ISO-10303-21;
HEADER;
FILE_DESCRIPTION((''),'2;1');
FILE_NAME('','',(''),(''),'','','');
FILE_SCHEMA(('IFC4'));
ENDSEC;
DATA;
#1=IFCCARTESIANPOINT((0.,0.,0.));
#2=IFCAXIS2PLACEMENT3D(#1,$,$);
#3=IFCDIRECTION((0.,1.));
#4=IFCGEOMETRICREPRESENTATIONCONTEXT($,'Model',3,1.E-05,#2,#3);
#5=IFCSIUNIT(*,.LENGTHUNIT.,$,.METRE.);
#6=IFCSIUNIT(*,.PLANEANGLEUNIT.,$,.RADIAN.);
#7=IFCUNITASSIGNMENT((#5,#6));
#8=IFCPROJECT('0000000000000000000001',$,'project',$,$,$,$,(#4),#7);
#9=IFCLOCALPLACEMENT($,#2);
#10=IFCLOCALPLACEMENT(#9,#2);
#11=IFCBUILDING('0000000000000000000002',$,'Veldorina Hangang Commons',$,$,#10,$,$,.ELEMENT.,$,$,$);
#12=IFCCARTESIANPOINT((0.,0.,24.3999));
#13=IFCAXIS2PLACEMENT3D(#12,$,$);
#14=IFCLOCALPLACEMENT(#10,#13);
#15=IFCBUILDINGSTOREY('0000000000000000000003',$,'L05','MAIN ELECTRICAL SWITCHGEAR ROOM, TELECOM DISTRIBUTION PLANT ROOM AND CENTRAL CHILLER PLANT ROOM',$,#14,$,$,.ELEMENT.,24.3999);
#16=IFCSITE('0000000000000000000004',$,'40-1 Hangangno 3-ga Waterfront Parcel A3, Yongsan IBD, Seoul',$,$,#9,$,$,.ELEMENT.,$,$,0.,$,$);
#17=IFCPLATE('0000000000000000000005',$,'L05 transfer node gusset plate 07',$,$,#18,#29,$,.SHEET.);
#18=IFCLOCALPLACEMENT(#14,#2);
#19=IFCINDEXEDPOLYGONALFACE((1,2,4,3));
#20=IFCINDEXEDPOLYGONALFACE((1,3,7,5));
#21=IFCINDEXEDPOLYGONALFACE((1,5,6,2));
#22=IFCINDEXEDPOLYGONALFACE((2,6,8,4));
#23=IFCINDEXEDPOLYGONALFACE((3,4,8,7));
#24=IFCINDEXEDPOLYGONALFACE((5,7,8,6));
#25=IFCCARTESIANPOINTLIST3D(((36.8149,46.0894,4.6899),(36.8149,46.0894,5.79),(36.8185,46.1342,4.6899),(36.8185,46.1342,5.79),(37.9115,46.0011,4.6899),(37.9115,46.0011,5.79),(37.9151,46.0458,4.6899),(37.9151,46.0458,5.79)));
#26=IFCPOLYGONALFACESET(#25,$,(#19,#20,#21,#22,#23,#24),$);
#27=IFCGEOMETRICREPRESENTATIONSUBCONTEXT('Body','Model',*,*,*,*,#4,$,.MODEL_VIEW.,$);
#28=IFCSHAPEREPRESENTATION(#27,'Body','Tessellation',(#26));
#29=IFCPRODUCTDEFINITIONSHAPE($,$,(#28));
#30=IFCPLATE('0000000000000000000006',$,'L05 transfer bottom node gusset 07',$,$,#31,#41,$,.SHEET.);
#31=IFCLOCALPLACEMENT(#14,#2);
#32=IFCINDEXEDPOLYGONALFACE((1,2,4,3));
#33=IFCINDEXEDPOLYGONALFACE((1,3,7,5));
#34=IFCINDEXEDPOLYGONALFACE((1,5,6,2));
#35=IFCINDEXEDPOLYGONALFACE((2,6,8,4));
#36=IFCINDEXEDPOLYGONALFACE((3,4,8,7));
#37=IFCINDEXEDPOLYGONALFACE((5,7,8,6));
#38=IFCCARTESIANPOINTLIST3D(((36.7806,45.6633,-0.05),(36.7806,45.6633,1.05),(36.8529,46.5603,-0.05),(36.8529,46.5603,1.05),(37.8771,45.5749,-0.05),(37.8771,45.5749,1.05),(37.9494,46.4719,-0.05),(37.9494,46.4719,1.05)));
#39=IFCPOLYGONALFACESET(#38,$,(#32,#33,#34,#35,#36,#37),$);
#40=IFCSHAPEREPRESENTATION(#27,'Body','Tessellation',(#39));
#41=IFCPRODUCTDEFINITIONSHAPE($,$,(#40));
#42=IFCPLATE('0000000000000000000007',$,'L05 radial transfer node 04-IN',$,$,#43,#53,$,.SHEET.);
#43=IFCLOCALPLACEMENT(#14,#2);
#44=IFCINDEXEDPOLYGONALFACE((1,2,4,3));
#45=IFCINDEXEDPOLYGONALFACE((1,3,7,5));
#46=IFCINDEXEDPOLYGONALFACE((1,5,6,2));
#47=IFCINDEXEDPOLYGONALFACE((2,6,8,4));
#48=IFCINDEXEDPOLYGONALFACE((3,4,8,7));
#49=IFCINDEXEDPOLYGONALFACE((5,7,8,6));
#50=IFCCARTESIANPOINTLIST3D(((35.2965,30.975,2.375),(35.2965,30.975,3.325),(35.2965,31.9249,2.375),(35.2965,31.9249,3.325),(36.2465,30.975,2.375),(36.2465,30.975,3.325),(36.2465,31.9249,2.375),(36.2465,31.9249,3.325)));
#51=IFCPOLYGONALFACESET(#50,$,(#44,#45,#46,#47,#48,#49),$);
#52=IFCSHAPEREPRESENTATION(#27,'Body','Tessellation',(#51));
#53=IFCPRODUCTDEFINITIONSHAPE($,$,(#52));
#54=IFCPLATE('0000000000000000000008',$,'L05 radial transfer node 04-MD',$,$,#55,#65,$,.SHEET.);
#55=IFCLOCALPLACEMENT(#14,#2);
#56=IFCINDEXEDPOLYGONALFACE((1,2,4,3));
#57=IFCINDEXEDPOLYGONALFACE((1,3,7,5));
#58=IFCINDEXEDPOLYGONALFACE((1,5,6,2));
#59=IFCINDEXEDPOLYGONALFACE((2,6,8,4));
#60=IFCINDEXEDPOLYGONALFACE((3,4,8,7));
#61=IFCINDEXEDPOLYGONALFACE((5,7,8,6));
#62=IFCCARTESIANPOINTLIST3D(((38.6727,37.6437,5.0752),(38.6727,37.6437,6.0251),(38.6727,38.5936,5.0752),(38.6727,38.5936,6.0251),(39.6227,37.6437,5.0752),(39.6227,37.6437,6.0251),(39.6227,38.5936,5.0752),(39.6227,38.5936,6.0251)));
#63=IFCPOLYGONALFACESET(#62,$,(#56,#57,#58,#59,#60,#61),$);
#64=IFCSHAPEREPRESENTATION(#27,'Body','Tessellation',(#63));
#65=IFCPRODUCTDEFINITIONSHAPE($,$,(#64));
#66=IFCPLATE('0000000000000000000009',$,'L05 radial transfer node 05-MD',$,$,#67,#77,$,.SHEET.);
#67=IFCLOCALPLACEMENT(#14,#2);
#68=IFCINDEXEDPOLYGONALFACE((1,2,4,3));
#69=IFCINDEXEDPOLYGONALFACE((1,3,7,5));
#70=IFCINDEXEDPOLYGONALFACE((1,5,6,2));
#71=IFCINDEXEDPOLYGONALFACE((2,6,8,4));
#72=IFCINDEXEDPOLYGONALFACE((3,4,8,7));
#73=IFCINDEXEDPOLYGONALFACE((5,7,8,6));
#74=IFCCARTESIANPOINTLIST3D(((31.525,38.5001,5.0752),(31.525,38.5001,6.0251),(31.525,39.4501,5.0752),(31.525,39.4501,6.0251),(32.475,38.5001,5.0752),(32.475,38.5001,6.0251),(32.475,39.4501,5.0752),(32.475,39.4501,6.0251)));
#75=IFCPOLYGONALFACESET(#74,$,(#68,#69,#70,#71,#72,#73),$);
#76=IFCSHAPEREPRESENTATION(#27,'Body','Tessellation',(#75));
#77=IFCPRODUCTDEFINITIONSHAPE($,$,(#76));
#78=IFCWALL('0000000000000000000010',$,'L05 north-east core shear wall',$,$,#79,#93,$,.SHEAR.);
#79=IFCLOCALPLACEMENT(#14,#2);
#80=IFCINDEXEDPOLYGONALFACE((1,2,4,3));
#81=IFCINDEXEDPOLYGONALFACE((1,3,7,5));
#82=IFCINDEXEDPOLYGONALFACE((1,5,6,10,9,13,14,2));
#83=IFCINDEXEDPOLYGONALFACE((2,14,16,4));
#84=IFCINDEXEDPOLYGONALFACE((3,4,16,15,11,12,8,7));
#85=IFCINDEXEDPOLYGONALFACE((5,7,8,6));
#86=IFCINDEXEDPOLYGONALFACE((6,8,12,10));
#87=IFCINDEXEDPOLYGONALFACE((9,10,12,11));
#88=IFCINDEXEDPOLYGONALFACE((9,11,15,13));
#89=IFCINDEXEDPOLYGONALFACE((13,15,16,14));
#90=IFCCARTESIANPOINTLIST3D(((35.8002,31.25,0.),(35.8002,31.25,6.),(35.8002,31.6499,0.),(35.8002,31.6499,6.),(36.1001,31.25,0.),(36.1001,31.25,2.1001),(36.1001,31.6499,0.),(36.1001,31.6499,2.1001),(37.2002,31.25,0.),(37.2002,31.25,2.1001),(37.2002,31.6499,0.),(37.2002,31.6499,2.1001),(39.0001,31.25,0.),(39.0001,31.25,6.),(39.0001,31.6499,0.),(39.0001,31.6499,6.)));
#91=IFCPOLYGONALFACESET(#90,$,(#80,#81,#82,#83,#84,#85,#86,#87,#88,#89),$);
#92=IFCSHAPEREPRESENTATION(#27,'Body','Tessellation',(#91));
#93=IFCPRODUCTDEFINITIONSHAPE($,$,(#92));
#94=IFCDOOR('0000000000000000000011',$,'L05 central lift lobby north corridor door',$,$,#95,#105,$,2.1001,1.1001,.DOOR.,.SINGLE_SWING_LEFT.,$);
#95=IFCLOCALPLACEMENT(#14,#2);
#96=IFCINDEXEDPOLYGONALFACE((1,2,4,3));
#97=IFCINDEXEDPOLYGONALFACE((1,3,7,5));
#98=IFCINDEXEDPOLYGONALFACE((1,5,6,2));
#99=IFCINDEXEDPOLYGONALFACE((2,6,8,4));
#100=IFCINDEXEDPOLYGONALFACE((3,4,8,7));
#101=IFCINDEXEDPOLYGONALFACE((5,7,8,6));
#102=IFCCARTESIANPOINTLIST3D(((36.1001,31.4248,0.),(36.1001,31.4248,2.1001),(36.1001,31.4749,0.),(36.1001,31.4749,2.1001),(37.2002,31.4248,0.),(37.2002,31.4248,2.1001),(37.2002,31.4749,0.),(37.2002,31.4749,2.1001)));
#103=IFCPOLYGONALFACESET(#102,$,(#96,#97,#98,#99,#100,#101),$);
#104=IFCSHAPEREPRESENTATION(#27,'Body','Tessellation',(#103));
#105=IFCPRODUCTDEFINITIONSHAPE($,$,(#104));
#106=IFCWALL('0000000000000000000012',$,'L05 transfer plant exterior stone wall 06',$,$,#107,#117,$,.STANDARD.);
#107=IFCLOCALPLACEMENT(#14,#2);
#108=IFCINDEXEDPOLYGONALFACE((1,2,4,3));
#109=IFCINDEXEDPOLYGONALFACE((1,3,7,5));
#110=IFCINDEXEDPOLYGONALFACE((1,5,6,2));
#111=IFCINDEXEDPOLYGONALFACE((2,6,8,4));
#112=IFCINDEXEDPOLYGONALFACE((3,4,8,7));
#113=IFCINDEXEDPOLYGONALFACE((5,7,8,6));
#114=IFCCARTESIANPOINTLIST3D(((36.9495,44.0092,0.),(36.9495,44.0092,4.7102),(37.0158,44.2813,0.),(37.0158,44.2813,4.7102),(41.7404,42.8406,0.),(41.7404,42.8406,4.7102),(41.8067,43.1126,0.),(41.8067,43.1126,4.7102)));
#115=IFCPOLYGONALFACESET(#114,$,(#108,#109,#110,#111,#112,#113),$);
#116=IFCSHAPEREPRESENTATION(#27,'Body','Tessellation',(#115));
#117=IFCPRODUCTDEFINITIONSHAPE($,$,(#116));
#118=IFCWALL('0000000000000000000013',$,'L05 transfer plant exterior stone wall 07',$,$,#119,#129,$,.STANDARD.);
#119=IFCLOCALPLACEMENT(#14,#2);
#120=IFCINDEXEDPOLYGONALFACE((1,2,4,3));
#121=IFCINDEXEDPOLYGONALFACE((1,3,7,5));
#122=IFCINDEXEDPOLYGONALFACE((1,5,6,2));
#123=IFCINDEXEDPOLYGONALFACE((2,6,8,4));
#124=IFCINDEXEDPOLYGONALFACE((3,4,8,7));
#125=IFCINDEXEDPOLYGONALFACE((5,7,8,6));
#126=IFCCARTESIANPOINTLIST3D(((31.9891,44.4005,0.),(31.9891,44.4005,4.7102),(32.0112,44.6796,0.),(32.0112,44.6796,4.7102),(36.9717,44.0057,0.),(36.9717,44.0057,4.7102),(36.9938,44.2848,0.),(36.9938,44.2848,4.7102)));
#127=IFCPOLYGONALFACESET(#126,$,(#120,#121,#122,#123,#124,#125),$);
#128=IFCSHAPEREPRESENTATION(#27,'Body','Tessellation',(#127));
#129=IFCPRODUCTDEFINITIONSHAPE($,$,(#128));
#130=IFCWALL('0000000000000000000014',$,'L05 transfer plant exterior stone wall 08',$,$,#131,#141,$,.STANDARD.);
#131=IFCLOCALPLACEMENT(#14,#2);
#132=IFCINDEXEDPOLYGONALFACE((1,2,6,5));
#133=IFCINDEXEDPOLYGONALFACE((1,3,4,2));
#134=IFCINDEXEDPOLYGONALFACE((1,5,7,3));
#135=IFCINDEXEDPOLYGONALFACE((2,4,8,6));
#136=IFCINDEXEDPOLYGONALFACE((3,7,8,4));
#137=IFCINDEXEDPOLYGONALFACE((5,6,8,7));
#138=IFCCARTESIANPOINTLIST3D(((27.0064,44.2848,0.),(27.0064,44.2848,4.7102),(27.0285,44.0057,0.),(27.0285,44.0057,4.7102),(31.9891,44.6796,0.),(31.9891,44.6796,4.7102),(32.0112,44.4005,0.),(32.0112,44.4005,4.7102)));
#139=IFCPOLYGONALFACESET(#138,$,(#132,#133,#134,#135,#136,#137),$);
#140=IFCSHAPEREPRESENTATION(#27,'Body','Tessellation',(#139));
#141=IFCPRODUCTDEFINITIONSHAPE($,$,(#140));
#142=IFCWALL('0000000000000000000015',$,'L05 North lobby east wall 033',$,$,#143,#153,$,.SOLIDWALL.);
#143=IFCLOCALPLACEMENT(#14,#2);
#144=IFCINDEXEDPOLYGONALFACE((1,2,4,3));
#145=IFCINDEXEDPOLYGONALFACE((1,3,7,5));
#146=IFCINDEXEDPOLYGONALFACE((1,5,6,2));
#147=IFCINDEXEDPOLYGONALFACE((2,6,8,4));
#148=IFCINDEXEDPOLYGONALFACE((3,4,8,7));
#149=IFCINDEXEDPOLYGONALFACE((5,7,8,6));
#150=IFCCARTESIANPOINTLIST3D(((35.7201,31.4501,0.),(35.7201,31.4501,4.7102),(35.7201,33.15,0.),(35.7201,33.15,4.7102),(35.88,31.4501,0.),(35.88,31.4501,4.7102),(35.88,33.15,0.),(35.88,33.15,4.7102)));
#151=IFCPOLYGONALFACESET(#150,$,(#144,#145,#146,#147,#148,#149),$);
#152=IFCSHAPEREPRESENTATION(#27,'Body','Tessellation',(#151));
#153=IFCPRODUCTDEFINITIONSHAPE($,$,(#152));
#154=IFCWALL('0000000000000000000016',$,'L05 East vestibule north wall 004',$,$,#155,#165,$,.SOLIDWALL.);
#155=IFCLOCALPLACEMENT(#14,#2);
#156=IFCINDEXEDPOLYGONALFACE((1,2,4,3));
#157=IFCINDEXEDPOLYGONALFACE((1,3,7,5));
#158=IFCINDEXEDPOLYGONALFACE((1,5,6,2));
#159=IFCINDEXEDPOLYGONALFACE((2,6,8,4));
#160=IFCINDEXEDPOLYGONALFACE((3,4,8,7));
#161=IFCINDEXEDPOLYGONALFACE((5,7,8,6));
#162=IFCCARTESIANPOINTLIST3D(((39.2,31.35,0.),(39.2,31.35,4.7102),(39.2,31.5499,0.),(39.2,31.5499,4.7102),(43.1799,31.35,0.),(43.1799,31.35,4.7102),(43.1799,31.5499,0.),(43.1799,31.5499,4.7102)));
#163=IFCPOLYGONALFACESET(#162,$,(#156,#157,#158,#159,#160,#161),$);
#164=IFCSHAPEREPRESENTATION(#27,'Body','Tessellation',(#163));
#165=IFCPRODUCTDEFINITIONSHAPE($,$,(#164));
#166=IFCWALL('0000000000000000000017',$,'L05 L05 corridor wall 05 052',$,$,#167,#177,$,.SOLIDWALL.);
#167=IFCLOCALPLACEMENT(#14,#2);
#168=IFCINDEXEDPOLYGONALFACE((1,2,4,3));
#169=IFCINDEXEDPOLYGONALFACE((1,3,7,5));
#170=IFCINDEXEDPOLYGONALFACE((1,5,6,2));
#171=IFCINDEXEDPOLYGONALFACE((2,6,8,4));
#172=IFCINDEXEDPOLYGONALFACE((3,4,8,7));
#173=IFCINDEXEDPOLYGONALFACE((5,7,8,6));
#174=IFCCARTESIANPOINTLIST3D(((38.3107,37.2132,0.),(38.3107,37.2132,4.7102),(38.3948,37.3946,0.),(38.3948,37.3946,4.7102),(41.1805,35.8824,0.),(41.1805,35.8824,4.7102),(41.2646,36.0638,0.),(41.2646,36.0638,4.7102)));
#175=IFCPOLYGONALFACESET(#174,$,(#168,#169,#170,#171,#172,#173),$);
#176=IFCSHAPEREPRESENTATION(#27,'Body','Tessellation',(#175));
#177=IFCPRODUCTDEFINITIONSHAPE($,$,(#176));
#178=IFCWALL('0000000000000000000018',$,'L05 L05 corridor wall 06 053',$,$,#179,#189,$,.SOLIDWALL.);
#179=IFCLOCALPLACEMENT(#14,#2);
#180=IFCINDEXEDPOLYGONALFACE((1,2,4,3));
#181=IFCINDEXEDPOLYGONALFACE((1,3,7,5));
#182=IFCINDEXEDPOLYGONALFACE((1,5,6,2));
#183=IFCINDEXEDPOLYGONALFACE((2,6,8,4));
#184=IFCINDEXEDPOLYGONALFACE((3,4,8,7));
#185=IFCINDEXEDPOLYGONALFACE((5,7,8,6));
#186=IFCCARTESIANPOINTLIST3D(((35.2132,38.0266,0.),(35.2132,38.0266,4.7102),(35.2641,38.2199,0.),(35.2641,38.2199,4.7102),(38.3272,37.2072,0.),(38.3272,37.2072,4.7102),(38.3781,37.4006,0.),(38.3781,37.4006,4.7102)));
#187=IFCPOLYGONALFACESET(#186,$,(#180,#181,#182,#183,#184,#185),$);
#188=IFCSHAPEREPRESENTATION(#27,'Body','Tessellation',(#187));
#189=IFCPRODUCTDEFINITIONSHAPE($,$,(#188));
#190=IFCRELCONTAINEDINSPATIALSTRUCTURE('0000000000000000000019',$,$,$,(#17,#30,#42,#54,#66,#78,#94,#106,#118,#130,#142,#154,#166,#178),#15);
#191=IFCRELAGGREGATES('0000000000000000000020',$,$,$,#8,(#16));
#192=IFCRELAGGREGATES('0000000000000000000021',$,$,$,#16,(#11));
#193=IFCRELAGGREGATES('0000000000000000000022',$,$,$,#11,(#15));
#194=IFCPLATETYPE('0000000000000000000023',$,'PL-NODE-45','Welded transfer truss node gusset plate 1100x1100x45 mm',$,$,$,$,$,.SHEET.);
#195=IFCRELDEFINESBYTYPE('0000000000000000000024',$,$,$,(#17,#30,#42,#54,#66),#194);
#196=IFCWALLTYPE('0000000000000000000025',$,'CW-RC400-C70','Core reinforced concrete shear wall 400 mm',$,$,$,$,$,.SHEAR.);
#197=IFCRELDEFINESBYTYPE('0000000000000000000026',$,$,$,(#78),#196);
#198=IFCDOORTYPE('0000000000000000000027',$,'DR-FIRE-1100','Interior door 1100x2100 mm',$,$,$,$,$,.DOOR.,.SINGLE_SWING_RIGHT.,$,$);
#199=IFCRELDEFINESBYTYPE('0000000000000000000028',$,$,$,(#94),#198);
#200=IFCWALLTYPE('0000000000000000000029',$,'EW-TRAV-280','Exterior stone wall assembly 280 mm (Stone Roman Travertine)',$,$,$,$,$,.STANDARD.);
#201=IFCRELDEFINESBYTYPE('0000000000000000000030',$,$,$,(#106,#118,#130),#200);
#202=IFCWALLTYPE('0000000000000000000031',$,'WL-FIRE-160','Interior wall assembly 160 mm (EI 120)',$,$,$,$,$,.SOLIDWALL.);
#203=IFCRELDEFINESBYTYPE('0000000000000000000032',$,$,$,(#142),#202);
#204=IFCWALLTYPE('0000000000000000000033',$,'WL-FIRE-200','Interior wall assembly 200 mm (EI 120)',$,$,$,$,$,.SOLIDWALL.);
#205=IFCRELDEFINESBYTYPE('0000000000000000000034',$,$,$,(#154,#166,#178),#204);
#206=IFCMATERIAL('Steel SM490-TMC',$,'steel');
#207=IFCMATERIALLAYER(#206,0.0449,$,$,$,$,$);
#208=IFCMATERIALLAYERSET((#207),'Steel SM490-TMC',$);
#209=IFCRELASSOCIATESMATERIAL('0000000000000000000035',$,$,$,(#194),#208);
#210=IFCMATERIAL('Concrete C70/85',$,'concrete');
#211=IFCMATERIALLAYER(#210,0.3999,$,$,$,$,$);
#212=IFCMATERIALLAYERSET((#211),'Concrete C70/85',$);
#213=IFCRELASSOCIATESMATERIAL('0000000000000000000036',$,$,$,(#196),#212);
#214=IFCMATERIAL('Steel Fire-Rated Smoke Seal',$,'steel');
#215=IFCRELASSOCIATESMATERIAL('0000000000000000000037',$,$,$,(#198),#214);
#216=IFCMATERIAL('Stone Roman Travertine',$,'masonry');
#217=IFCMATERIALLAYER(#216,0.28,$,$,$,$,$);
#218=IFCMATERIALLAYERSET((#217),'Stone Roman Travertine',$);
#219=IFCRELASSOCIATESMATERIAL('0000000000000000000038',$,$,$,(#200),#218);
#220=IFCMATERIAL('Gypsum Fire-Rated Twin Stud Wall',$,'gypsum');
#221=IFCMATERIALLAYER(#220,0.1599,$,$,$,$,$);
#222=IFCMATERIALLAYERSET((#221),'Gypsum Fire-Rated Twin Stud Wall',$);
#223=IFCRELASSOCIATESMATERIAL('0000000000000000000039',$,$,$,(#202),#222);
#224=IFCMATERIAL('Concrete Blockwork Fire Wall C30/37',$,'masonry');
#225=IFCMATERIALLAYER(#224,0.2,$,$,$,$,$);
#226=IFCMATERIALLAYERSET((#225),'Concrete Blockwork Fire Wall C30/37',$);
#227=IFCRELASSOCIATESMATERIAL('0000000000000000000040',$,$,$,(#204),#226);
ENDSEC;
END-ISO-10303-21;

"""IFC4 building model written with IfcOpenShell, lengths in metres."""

from ifc_helpers import new_model, si_unit, direction, frame, frame_2d, origin, origin_2d, place, context, subcontext, project, spatial, rectangle, extrude, material, layer, layer_set, type_object, element, fill, save


model = new_model("IFC4")

# Units and contexts
model_context = context("Model", 3, precision=1e-05, world=origin(), true_north=direction((0.0, 1.0)))
body_context = subcontext(model_context, "Body", "Model", "MODEL_VIEW")
ifc_project = project(units=[si_unit("LENGTHUNIT", "METRE"), si_unit("PLANEANGLEUNIT", "RADIAN")], contexts=[model_context])

# Site, building, storey
site_placement = place(None, origin())
site = spatial("IfcSite", under=ifc_project, at=site_placement, Name="40-1 Hangangno 3-ga Waterfront Parcel A3, Yongsan IBD, Seoul", CompositionType="ELEMENT", RefElevation=0.0)
building_placement = place(site_placement, origin())
building = spatial("IfcBuilding", under=site, at=building_placement, Name="Veldorina Hangang Commons", CompositionType="ELEMENT")
storey_placement = place(building_placement, frame((0.0, 0.0, 24.3999)))
storey = spatial("IfcBuildingStorey", under=building, at=storey_placement, Name="L05", Description="MAIN ELECTRICAL SWITCHGEAR ROOM, TELECOM DISTRIBUTION PLANT ROOM AND CENTRAL CHILLER PLANT ROOM", CompositionType="ELEMENT", Elevation=24.3999)

# Shared definitions
ifc_material_1 = material(Name="Steel SM490-TMC", Category="steel")

# Plates
ifc_layer_1 = layer(ifc_material_1, 0.0449)
ifc_layer_set_1 = layer_set([ifc_layer_1], Name="Steel SM490-TMC")
plate_type = type_object("IfcPlateType", Name="PL-NODE-45", Description="Welded transfer truss node gusset plate 1100x1100x45 mm", PredefinedType="SHEET", material=ifc_layer_set_1)
plate_1_placement = place(storey_placement, frame((37.365, 46.0676, 4.6899), z_axis=(0.0, 0.0, 1.0), x_axis=(-0.996769, 0.080321, 0.0)))
element("IfcPlate", 1, at=plate_1_placement, inside=storey, type_object=plate_type, Name="L05 transfer node gusset plate 07", PredefinedType="SHEET", context=body_context, shape_type="SweptSolid", body=[
    extrude(rectangle(XDim=1.1001, YDim=0.0449, at=origin_2d()), origin(), (0.0, 0.0, 1.0), 1.1001),
])
plate_2_placement = place(storey_placement, frame((37.365, 46.0676, -0.05), z_axis=(0.0, 0.0, 1.0), x_axis=(-0.996769, 0.080321, 0.0)))
element("IfcPlate", 2, at=plate_2_placement, inside=storey, type_object=plate_type, Name="L05 transfer bottom node gusset 07", PredefinedType="SHEET", context=body_context, shape_type="SweptSolid", body=[
    extrude(rectangle(XDim=1.1001, YDim=0.8999, at=origin_2d()), origin(), (0.0, 0.0, 1.0), 1.1001),
])
for number, where, z_axis, x_axis, name in (
    (3, (35.7715, 31.45, 2.375), (0.0, 0.0, 1.0), (1.0, 0.0, 0.0), "L05 radial transfer node 04-IN"),
    (4, (39.1477, 38.1187, 5.0752), (0.0, 0.0, 1.0), (1.0, 0.0, 0.0), "L05 radial transfer node 04-MD"),
    (5, (32.0, 38.9751, 5.0752), (0.0, 0.0, 1.0), (1.0, 0.0, 0.0), "L05 radial transfer node 05-MD"),
):
    element("IfcPlate", number, at=place(storey_placement, frame(where, z_axis=z_axis, x_axis=x_axis)), inside=storey, type_object=plate_type, Name=name, PredefinedType="SHEET", context=body_context, shape_type="SweptSolid", body=[
        extrude(rectangle(XDim=0.95, YDim=0.95, at=origin_2d()), origin(), (0.0, 0.0, 1.0), 0.95),
    ])

# Wall, opening, door
ifc_material_2 = material(Name="Concrete C70/85", Category="concrete")
ifc_layer_2 = layer(ifc_material_2, 0.3999)
ifc_layer_set_2 = layer_set([ifc_layer_2], Name="Concrete C70/85")
wall_type_1 = type_object("IfcWallType", Name="CW-RC400-C70", Description="Core reinforced concrete shear wall 400 mm", PredefinedType="SHEAR", material=ifc_layer_set_2)
wall_1_placement = place(storey_placement, frame((35.8, 31.45, 0.0), z_axis=(0.0, 0.0, 1.0), x_axis=(1.0, 0.0, 0.0)))
wall_1 = element("IfcWall", 6, at=wall_1_placement, inside=storey, type_object=wall_type_1, Name="L05 north-east core shear wall", PredefinedType="SHEAR", context=body_context, shape_type="SweptSolid", body=[
    extrude(rectangle(XDim=3.2, YDim=0.3999, at=frame_2d((1.6001, 0.0))), origin(), (0.0, 0.0, 1.0), 6.0),
])
opening_placement = place(wall_1_placement, frame((0.3, 0.0, 0.0)))
opening = element("IfcOpeningElement", 7, at=opening_placement, cuts=wall_1, PredefinedType="OPENING", context=body_context, shape_type="SweptSolid", body=[
    extrude(rectangle(XDim=1.1001, YDim=2.1001, at=frame_2d((0.55, 1.05))), frame((0.0, 0.21, 0.0), z_axis=(0.0, -1.0, 0.0), x_axis=(1.0, 0.0, 0.0)), (0.0, 0.0, 1.0), 0.4199),
])
ifc_material_3 = material(Name="Steel Fire-Rated Smoke Seal", Category="steel")
door_type = type_object("IfcDoorType", Name="DR-FIRE-1100", Description="Interior door 1100x2100 mm", OperationType="SINGLE_SWING_RIGHT", PredefinedType="DOOR", material=ifc_material_3)
door_placement = place(opening_placement, origin())
door = element("IfcDoor", 8, at=door_placement, inside=storey, type_object=door_type, Name="L05 central lift lobby north corridor door", OperationType="SINGLE_SWING_LEFT", OverallHeight=2.1001, OverallWidth=1.1001, PredefinedType="DOOR", context=body_context, shape_type="SweptSolid", body=[
    extrude(rectangle(XDim=1.1001, YDim=2.1001, at=frame_2d((0.55, 1.05))), frame((0.0, 0.0249, 0.0), z_axis=(0.0, -1.0, 0.0), x_axis=(1.0, 0.0, 0.0)), (0.0, 0.0, 1.0), 0.05),
])
fill(opening, door)

# Walls
ifc_material_4 = material(Name="Stone Roman Travertine", Category="masonry")
ifc_layer_3 = layer(ifc_material_4, 0.28)
ifc_layer_set_3 = layer_set([ifc_layer_3], Name="Stone Roman Travertine")
wall_type_2 = type_object("IfcWallType", Name="EW-TRAV-280", Description="Exterior stone wall assembly 280 mm (Stone Roman Travertine)", PredefinedType="STANDARD", material=ifc_layer_set_3)
wall_2_placement = place(storey_placement, frame((41.7737, 42.9766, 0.0), z_axis=(0.0, 0.0, 1.0), x_axis=(-0.971513, 0.236987, 0.0)))
element("IfcWall", 9, at=wall_2_placement, inside=storey, type_object=wall_type_2, Name="L05 transfer plant exterior stone wall 06", PredefinedType="STANDARD", context=body_context, shape_type="SweptSolid", body=[
    extrude(rectangle(XDim=4.9314, YDim=0.28, at=frame_2d((2.4658, 0.0))), origin(), (0.0, 0.0, 1.0), 4.7102),
])
for number, where, z_axis, x_axis, name in (
    (10, (36.9827, 44.1453, 0.0), (0.0, 0.0, 1.0), (-0.996876, 0.078982, 0.0), "L05 transfer plant exterior stone wall 07"),
    (11, (32.0, 44.54, 0.0), (0.0, 0.0, 1.0), (-0.996876, -0.078982, 0.0), "L05 transfer plant exterior stone wall 08"),
):
    element("IfcWall", number, at=place(storey_placement, frame(where, z_axis=z_axis, x_axis=x_axis)), inside=storey, type_object=wall_type_2, Name=name, PredefinedType="STANDARD", context=body_context, shape_type="SweptSolid", body=[
        extrude(rectangle(XDim=4.9983, YDim=0.28, at=frame_2d((2.499, 0.0))), origin(), (0.0, 0.0, 1.0), 4.7102),
    ])
ifc_material_5 = material(Name="Gypsum Fire-Rated Twin Stud Wall", Category="gypsum")
ifc_layer_4 = layer(ifc_material_5, 0.1599)
ifc_layer_set_4 = layer_set([ifc_layer_4], Name="Gypsum Fire-Rated Twin Stud Wall")
wall_type_3 = type_object("IfcWallType", Name="WL-FIRE-160", Description="Interior wall assembly 160 mm (EI 120)", PredefinedType="SOLIDWALL", material=ifc_layer_set_4)
wall_3_placement = place(storey_placement, frame((35.8, 31.45, 0.0), z_axis=(0.0, 0.0, 1.0), x_axis=(0.0, 1.0, 0.0)))
element("IfcWall", 12, at=wall_3_placement, inside=storey, type_object=wall_type_3, Name="L05 North lobby east wall 033", PredefinedType="SOLIDWALL", context=body_context, shape_type="SweptSolid", body=[
    extrude(rectangle(XDim=1.7, YDim=0.1599, at=frame_2d((0.8501, 0.0))), origin(), (0.0, 0.0, 1.0), 4.7102),
])
ifc_material_6 = material(Name="Concrete Blockwork Fire Wall C30/37", Category="masonry")
ifc_layer_5 = layer(ifc_material_6, 0.2)
ifc_layer_set_5 = layer_set([ifc_layer_5], Name="Concrete Blockwork Fire Wall C30/37")
wall_type_4 = type_object("IfcWallType", Name="WL-FIRE-200", Description="Interior wall assembly 200 mm (EI 120)", PredefinedType="SOLIDWALL", material=ifc_layer_set_5)
wall_4_placement = place(storey_placement, frame((39.2, 31.45, 0.0), z_axis=(0.0, 0.0, 1.0), x_axis=(1.0, 0.0, 0.0)))
element("IfcWall", 13, at=wall_4_placement, inside=storey, type_object=wall_type_4, Name="L05 East vestibule north wall 004", PredefinedType="SOLIDWALL", context=body_context, shape_type="SweptSolid", body=[
    extrude(rectangle(XDim=3.98, YDim=0.2, at=frame_2d((1.99, 0.0))), origin(), (0.0, 0.0, 1.0), 4.7102),
])
wall_5_placement = place(storey_placement, frame((41.2224, 35.9731, 0.0), z_axis=(0.0, 0.0, 1.0), x_axis=(-0.907206, 0.420687, 0.0)))
element("IfcWall", 14, at=wall_5_placement, inside=storey, type_object=wall_type_4, Name="L05 L05 corridor wall 05 052", PredefinedType="SOLIDWALL", context=body_context, shape_type="SweptSolid", body=[
    extrude(rectangle(XDim=3.1633, YDim=0.2, at=frame_2d((1.5815, 0.0))), origin(), (0.0, 0.0, 1.0), 4.7102),
])
wall_6_placement = place(storey_placement, frame((38.3525, 37.304, 0.0), z_axis=(0.0, 0.0, 1.0), x_axis=(-0.967085, 0.254452, 0.0)))
element("IfcWall", 15, at=wall_6_placement, inside=storey, type_object=wall_type_4, Name="L05 L05 corridor wall 06 053", PredefinedType="SOLIDWALL", context=body_context, shape_type="SweptSolid", body=[
    extrude(rectangle(XDim=3.22, YDim=0.2, at=frame_2d((1.6099, 0.0))), origin(), (0.0, 0.0, 1.0), 4.7102),
])

save(model, "model.ifc")
